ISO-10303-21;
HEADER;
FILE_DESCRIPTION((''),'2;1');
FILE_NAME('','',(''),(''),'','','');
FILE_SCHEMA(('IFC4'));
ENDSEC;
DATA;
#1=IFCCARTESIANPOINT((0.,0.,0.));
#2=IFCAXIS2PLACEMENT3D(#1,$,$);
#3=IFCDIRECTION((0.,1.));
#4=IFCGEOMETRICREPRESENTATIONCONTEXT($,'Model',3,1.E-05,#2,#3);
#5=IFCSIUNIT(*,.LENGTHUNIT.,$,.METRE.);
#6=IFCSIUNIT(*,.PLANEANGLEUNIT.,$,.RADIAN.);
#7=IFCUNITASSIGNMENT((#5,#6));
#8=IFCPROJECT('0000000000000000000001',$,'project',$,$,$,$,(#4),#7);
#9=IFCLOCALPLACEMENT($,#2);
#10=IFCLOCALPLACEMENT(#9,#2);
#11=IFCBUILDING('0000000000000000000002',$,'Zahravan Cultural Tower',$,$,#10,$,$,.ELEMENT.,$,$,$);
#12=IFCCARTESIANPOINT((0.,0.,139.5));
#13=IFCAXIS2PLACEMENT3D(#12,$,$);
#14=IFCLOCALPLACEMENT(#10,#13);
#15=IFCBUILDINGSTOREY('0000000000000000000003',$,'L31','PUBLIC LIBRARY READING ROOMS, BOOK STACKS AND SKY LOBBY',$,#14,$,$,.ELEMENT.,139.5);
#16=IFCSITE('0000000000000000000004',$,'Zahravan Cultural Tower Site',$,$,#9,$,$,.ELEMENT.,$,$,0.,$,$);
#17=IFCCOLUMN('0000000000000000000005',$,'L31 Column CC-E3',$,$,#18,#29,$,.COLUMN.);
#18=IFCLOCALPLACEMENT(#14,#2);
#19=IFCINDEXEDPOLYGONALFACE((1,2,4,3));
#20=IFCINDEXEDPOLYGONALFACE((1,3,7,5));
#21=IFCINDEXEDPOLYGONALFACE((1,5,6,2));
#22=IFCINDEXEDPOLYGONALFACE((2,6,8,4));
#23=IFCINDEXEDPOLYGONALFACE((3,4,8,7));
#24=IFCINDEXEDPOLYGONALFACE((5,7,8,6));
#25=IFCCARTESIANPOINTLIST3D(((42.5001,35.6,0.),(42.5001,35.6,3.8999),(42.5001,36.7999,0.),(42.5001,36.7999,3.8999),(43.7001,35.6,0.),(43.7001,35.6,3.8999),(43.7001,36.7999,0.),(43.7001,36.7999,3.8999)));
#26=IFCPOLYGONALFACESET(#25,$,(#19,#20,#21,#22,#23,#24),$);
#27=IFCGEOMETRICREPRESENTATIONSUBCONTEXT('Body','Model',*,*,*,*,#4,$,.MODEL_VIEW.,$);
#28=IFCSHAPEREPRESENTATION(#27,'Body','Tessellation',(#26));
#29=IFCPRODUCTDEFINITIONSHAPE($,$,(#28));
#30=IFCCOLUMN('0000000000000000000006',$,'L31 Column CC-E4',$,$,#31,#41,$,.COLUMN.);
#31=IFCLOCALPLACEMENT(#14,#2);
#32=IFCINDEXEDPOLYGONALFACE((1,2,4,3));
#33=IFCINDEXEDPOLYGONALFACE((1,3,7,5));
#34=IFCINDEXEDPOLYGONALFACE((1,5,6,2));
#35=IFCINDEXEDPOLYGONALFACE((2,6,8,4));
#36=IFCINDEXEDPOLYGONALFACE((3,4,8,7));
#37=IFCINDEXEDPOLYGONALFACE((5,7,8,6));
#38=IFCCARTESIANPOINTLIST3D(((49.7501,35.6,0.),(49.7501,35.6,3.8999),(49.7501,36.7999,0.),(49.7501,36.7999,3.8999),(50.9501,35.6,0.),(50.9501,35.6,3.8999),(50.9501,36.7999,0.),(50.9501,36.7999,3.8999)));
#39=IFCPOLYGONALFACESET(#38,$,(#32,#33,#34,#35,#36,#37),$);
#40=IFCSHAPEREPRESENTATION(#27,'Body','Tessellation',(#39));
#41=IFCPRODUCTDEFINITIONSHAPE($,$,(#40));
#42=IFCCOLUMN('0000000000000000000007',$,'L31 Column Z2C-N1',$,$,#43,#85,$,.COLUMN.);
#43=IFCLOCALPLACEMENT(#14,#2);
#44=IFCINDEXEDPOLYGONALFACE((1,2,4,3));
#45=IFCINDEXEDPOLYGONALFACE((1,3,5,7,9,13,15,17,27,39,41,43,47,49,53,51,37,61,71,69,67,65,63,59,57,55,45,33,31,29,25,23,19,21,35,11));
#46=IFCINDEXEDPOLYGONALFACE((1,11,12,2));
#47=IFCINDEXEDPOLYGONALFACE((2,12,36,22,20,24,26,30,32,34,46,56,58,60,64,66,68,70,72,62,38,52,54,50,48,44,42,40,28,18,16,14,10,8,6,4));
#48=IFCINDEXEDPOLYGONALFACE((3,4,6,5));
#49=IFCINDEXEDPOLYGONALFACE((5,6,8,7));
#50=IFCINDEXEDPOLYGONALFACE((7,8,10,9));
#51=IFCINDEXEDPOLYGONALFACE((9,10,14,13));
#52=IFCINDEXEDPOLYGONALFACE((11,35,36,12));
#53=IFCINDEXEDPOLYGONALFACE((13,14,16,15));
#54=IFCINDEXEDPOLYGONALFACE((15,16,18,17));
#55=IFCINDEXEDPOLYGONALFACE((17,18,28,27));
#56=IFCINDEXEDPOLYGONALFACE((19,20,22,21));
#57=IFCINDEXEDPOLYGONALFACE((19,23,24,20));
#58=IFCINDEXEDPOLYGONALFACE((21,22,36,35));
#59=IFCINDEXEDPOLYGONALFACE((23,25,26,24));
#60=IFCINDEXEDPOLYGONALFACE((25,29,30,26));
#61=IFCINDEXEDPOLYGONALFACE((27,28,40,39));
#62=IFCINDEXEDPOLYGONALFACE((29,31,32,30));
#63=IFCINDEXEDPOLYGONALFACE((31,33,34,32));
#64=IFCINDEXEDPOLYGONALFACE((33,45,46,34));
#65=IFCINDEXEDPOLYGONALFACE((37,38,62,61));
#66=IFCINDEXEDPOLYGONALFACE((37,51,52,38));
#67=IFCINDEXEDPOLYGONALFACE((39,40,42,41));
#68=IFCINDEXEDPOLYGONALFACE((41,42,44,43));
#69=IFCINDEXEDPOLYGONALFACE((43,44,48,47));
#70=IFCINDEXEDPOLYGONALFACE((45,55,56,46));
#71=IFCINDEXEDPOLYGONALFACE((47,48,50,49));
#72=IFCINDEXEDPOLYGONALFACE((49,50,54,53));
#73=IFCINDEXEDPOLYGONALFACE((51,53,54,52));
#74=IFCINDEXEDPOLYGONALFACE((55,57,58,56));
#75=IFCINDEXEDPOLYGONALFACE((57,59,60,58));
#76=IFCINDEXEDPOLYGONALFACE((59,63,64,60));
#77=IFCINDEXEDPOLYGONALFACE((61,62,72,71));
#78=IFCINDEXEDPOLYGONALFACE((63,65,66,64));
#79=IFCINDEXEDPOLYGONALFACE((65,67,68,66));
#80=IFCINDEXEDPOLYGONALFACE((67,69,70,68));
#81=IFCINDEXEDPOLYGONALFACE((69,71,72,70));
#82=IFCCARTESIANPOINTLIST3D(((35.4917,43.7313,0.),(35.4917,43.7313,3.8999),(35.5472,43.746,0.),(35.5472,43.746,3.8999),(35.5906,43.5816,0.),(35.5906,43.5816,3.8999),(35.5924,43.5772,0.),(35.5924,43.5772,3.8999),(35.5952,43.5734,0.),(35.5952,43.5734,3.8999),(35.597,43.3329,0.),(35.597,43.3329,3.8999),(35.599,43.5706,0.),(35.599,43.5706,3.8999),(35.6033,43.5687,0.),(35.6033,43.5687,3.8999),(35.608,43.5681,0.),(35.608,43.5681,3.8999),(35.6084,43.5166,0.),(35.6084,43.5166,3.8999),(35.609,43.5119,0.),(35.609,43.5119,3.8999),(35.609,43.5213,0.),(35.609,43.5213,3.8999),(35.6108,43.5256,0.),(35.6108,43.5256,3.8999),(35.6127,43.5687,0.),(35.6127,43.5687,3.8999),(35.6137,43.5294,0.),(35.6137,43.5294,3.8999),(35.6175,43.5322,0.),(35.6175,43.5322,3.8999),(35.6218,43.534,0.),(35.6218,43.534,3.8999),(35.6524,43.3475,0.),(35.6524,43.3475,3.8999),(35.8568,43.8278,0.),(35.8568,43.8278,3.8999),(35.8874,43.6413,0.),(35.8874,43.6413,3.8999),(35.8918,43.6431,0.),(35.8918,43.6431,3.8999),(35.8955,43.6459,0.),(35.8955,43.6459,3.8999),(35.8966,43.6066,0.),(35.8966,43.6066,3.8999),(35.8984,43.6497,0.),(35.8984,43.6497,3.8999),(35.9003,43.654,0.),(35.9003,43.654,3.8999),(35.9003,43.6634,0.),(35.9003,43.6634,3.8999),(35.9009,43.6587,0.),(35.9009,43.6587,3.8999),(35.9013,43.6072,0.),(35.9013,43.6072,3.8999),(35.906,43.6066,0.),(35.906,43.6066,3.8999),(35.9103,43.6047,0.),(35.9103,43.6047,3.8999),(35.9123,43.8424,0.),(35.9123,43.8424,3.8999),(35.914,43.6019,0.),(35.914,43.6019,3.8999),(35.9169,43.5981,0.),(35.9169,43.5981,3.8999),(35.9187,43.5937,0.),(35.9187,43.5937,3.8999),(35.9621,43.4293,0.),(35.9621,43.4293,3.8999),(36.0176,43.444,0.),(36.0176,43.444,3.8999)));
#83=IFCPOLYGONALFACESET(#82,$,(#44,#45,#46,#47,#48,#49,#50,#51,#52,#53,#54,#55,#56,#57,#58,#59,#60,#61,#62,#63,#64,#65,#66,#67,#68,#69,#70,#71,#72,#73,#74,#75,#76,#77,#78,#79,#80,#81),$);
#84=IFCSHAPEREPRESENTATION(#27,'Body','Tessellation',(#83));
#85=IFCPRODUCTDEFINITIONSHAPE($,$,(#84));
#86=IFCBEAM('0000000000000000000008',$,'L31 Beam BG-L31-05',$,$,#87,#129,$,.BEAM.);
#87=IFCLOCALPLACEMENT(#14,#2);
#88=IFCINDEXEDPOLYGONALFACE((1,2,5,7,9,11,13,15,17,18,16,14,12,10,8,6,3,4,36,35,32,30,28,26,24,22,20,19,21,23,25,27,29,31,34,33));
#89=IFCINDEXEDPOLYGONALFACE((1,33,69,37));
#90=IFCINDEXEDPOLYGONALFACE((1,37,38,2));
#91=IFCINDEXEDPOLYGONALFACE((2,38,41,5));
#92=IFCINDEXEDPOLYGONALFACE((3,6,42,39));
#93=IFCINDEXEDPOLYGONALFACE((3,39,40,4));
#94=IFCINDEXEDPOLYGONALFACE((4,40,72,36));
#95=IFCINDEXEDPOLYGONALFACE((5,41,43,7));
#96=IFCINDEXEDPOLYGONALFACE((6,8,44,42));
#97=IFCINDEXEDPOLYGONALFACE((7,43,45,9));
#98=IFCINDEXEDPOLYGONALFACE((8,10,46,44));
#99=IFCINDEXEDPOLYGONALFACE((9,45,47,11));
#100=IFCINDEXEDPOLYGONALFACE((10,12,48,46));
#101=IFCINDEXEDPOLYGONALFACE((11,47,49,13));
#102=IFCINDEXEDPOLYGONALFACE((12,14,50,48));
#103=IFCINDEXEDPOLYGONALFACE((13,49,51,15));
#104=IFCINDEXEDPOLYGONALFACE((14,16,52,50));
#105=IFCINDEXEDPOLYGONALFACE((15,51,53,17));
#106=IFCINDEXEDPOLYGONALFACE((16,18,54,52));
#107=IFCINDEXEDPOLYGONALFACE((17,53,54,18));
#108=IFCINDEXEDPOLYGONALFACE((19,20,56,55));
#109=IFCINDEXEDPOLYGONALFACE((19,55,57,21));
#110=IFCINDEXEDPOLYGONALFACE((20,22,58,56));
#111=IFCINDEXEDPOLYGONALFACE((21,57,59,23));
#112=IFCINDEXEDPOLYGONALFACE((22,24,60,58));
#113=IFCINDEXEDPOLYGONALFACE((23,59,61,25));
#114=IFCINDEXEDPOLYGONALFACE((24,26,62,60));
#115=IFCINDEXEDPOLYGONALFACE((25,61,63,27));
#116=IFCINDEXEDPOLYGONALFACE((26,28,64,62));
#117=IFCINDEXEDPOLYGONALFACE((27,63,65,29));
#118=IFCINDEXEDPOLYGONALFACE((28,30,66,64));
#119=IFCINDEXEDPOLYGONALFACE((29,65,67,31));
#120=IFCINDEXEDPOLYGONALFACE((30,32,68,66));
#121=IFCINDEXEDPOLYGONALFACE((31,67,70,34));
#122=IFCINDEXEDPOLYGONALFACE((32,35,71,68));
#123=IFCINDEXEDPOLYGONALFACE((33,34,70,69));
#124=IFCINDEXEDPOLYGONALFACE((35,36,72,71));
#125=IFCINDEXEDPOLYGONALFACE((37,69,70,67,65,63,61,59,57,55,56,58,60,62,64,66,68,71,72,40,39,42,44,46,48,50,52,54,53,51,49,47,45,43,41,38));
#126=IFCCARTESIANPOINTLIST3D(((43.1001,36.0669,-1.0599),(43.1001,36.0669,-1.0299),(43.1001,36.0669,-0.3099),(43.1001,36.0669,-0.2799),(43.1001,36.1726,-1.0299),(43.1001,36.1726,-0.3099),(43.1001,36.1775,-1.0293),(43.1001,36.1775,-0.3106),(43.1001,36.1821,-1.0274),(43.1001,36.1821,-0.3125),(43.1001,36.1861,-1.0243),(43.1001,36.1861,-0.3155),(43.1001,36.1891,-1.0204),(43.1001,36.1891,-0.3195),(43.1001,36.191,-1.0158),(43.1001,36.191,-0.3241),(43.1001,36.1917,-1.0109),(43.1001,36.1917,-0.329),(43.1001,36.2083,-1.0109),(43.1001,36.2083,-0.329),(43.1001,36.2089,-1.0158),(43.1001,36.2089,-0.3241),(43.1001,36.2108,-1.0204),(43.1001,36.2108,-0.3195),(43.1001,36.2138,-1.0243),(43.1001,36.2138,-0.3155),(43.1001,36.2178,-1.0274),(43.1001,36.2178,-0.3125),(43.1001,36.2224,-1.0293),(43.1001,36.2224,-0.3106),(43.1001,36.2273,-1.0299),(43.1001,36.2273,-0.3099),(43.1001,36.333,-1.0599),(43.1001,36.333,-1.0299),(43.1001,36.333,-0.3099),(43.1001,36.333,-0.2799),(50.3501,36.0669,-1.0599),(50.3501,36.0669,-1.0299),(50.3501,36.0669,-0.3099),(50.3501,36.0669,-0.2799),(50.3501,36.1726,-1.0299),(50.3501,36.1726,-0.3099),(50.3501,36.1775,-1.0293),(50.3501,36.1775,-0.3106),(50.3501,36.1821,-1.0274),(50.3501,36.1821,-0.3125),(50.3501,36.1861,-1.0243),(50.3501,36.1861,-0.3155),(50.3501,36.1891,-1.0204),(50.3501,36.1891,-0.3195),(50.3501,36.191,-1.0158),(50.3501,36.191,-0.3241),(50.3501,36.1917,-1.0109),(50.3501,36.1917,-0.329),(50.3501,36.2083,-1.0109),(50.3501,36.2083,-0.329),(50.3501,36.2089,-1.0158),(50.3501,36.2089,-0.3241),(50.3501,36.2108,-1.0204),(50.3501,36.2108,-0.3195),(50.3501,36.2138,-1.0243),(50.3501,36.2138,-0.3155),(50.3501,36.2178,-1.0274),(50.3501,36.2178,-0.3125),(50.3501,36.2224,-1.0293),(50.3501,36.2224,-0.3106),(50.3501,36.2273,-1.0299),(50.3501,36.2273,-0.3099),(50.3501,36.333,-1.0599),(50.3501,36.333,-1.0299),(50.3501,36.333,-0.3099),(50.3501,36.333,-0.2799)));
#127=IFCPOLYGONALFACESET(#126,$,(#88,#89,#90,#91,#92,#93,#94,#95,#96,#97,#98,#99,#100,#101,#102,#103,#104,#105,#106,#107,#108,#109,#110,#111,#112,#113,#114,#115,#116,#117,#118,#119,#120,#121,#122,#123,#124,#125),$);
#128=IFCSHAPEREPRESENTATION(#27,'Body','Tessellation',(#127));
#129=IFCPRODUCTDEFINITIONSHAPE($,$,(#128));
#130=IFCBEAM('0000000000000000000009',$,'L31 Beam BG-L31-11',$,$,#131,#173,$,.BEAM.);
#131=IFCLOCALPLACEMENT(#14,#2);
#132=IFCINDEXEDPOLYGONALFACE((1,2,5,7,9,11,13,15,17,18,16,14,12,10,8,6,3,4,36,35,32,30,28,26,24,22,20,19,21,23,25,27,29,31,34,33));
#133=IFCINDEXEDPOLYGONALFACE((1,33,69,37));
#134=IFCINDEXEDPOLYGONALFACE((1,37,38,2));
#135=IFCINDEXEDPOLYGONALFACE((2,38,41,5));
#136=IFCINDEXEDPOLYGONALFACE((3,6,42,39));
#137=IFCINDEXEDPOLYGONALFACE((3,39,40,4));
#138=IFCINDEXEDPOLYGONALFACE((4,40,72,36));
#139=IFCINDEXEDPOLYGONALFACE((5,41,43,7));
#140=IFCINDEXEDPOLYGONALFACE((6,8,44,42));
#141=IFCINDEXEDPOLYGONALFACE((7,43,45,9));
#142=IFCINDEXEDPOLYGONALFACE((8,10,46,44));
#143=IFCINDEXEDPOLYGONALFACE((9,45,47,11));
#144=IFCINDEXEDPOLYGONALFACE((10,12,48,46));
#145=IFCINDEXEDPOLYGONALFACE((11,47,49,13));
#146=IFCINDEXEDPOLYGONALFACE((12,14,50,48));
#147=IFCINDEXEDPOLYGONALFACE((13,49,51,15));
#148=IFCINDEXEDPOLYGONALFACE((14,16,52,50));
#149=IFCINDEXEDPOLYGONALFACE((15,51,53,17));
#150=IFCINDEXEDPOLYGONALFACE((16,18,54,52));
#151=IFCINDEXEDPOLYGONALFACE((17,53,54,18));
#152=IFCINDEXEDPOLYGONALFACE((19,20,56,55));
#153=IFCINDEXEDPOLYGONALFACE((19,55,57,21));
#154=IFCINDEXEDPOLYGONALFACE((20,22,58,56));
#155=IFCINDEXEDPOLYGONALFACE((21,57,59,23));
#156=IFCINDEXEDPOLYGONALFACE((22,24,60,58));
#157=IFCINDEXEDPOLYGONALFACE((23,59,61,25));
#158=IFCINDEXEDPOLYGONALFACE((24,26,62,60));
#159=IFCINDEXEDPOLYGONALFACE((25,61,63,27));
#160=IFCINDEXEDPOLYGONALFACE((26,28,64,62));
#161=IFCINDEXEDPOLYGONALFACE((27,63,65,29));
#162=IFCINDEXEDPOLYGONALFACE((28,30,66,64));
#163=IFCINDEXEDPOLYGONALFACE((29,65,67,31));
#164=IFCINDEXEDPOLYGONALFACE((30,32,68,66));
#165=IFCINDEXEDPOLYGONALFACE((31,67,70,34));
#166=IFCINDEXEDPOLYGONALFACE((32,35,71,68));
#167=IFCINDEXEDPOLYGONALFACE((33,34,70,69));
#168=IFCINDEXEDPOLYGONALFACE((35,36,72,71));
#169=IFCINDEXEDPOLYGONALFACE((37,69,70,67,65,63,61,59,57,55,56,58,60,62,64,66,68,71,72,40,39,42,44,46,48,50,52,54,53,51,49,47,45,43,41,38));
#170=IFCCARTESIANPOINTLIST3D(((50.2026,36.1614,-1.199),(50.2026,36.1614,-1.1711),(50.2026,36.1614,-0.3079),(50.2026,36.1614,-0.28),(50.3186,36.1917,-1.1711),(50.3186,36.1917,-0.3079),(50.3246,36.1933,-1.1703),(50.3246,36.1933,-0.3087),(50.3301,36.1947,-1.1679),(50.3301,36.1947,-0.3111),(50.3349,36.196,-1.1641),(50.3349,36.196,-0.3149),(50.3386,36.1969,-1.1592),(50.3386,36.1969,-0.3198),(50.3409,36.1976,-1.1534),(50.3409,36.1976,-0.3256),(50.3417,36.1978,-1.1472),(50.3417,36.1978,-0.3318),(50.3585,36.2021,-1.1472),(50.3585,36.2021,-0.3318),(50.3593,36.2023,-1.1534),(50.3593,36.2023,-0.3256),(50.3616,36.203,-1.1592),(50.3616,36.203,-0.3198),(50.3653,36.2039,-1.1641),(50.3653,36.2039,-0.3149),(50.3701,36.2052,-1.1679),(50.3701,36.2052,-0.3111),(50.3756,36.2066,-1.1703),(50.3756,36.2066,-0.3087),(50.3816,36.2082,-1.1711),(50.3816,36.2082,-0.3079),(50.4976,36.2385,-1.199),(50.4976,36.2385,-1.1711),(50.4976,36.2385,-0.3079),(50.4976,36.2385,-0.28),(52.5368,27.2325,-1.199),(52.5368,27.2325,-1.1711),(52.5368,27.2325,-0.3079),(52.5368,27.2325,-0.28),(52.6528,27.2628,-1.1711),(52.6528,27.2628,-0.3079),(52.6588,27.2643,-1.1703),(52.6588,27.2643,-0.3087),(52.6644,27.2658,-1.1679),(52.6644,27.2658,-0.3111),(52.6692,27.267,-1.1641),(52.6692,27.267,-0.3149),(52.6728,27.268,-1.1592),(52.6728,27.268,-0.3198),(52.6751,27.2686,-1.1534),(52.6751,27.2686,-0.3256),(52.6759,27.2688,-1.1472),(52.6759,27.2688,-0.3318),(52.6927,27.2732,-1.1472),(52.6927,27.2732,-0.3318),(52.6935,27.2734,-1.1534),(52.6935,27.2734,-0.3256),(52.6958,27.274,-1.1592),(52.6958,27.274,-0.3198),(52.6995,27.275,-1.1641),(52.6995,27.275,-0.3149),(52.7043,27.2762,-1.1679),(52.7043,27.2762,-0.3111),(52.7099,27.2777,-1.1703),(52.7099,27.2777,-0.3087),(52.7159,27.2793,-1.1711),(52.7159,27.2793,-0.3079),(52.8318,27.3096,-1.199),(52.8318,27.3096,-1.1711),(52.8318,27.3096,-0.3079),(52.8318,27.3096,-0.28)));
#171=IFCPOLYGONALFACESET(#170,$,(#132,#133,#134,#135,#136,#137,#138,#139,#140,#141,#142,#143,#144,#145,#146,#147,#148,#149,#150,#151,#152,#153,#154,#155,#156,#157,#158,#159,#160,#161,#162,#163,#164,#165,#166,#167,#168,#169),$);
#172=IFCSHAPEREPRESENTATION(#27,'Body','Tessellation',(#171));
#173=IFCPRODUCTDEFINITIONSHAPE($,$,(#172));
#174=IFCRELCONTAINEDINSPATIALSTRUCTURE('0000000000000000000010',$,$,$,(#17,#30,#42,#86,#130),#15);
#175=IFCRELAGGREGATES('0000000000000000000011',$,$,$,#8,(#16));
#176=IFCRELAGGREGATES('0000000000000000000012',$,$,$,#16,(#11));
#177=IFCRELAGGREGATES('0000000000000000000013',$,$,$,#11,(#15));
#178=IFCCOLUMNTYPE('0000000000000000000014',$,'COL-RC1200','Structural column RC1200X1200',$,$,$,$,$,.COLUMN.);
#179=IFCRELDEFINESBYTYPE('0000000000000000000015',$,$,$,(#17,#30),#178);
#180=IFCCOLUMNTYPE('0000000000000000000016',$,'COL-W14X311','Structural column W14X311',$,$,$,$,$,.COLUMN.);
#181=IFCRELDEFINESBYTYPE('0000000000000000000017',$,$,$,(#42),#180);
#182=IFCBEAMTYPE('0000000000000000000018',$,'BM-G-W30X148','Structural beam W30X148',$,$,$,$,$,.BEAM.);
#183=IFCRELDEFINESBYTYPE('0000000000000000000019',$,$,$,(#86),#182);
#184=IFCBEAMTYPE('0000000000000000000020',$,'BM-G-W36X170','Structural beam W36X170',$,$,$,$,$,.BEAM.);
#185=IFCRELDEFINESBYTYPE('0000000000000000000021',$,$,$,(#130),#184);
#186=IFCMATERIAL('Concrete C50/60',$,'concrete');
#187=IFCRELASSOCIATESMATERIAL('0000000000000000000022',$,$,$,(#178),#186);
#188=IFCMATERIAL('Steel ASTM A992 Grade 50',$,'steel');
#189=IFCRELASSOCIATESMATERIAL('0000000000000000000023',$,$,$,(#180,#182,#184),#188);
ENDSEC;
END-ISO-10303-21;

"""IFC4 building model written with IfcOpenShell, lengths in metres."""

from ifc_helpers import new_model, si_unit, direction, frame, origin, origin_2d, place, context, subcontext, project, spatial, rectangle, i_section, extrude, source, transform, mapped, material, material_profile, profile_set, type_object, element, save


model = new_model("IFC4")

# Units and contexts
model_context = context("Model", 3, precision=1e-05, world=origin(), true_north=direction((0.0, 1.0)))
body_context = subcontext(model_context, "Body", "Model", "MODEL_VIEW")
ifc_project = project(units=[si_unit("LENGTHUNIT", "METRE"), si_unit("PLANEANGLEUNIT", "RADIAN")], contexts=[model_context])

# Site, building, storey
site_placement = place(None, origin())
site = spatial("IfcSite", under=ifc_project, at=site_placement, Name="Zahravan Cultural Tower Site", CompositionType="ELEMENT", RefElevation=0.0)
building_placement = place(site_placement, origin())
building = spatial("IfcBuilding", under=site, at=building_placement, Name="Zahravan Cultural Tower", CompositionType="ELEMENT")
storey_placement = place(building_placement, frame((0.0, 0.0, 139.5)))
storey = spatial("IfcBuildingStorey", under=building, at=storey_placement, Name="L31", Description="PUBLIC LIBRARY READING ROOMS, BOOK STACKS AND SKY LOBBY", CompositionType="ELEMENT", Elevation=139.5)

# Columns
ifc_material_1 = material(Name="Concrete C50/60", Category="concrete")
ifc_material_profile_1 = material_profile(ifc_material_1, rectangle(XDim=1.2, YDim=1.2, at=origin_2d()), Name="RC1200X1200")
ifc_profile_set_1 = profile_set([ifc_material_profile_1], Name="Concrete C50/60")
column_type_1 = type_object("IfcColumnType", Name="COL-RC1200", Description="Structural column RC1200X1200", PredefinedType="COLUMN", material=ifc_profile_set_1)
shared_shape_1 = source(origin(), body_context, "Body", "SweptSolid", [
    extrude(rectangle(XDim=1.2, YDim=1.2, at=origin_2d()), origin(), (0.0, 0.0, 1.0), 3.8999),
])
for number, where, z_axis, x_axis, name in (
    (1, (43.1001, 36.2, 0.0), (0.0, 0.0, 1.0), (1.0, 0.0, 0.0), "L31 Column CC-E3"),
    (2, (50.3501, 36.2, 0.0), (0.0, 0.0, 1.0), (1.0, 0.0, 0.0), "L31 Column CC-E4"),
):
    element("IfcColumn", number, at=place(storey_placement, frame(where, z_axis=z_axis, x_axis=x_axis)), inside=storey, type_object=column_type_1, Name=name, PredefinedType="COLUMN", context=body_context, shape_type="MappedRepresentation", body=[
        mapped(shared_shape_1, transform((0.0, 0.0, 0.0), x_axis=(1.0, 0.0, 0.0), y_axis=(0.0, 1.0, 0.0), z_axis=(0.0, 0.0, 1.0), scale=1.0)),
    ])
ifc_material_2 = material(Name="Steel ASTM A992 Grade 50", Category="steel")
ifc_material_profile_2 = material_profile(ifc_material_2, i_section(OverallWidth=0.4121, OverallDepth=0.4351, WebThickness=0.0359, FlangeThickness=0.0574, FilletRadius=0.0181, at=origin_2d()), Name="W14X311")
ifc_profile_set_2 = profile_set([ifc_material_profile_2], Name="Steel ASTM A992 Grade 50")
column_type_2 = type_object("IfcColumnType", Name="COL-W14X311", Description="Structural column W14X311", PredefinedType="COLUMN", material=ifc_profile_set_2)
shared_shape_2 = source(origin(), body_context, "Body", "SweptSolid", [
    extrude(i_section(OverallWidth=0.4121, OverallDepth=0.4351, WebThickness=0.0359, FlangeThickness=0.0574, FilletRadius=0.0181, at=origin_2d()), origin(), (0.0, 0.0, 1.0), 3.8999),
])
column_placement = place(storey_placement, frame((35.7546, 43.5876, 0.0), z_axis=(0.0, 0.0, 1.0), x_axis=(-0.255446, 0.966823, 0.0)))
element("IfcColumn", 3, at=column_placement, inside=storey, type_object=column_type_2, Name="L31 Column Z2C-N1", PredefinedType="COLUMN", context=body_context, shape_type="MappedRepresentation", body=[
    mapped(shared_shape_2, transform((0.0, 0.0, 0.0), x_axis=(1.0, 0.0, 0.0), y_axis=(0.0, 1.0, 0.0), z_axis=(0.0, 0.0, 1.0), scale=1.0)),
])

# Beams
ifc_material_profile_3 = material_profile(ifc_material_2, i_section(OverallWidth=0.2661, OverallDepth=0.78, WebThickness=0.0166, FlangeThickness=0.03, FilletRadius=0.019, at=origin_2d()), Name="W30X148")
ifc_profile_set_3 = profile_set([ifc_material_profile_3], Name="Steel ASTM A992 Grade 50")
beam_type_1 = type_object("IfcBeamType", Name="BM-G-W30X148", Description="Structural beam W30X148", PredefinedType="BEAM", material=ifc_profile_set_3)
shared_shape_3 = source(origin(), body_context, "Body", "SweptSolid", [
    extrude(i_section(OverallWidth=0.2661, OverallDepth=0.78, WebThickness=0.0166, FlangeThickness=0.03, FilletRadius=0.019, at=origin_2d()), origin(), (0.0, 0.0, 1.0), 7.25),
])
beam_1_placement = place(storey_placement, frame((43.1001, 36.2, -0.6699), z_axis=(1.0, 0.0, 0.0), x_axis=(0.0, 1.0, 0.0)))
element("IfcBeam", 4, at=beam_1_placement, inside=storey, type_object=beam_type_1, Name="L31 Beam BG-L31-05", PredefinedType="BEAM", context=body_context, shape_type="MappedRepresentation", body=[
    mapped(shared_shape_3, transform((0.0, 0.0, 0.0), x_axis=(1.0, 0.0, 0.0), y_axis=(0.0, 1.0, 0.0), z_axis=(0.0, 0.0, 1.0), scale=1.0)),
])
ifc_material_profile_4 = material_profile(ifc_material_2, i_section(OverallWidth=0.3049, OverallDepth=0.9189, WebThickness=0.0173, FlangeThickness=0.0278, FilletRadius=0.0239, at=origin_2d()), Name="W36X170")
ifc_profile_set_4 = profile_set([ifc_material_profile_4], Name="Steel ASTM A992 Grade 50")
beam_type_2 = type_object("IfcBeamType", Name="BM-G-W36X170", Description="Structural beam W36X170", PredefinedType="BEAM", material=ifc_profile_set_4)
shared_shape_4 = source(origin(), body_context, "Body", "SweptSolid", [
    extrude(i_section(OverallWidth=0.3049, OverallDepth=0.9189, WebThickness=0.0173, FlangeThickness=0.0278, FilletRadius=0.0239, at=origin_2d()), origin(), (0.0, 0.0, 1.0), 9.229),
])
beam_2_placement = place(storey_placement, frame((50.3501, 36.2, -0.7395), z_axis=(0.252923, -0.967487, 0.0), x_axis=(0.967487, 0.252923, 0.0)))
element("IfcBeam", 5, at=beam_2_placement, inside=storey, type_object=beam_type_2, Name="L31 Beam BG-L31-11", PredefinedType="BEAM", context=body_context, shape_type="MappedRepresentation", body=[
    mapped(shared_shape_4, transform((0.0, 0.0, 0.0), x_axis=(1.0, 0.0, 0.0), y_axis=(0.0, 1.0, 0.0), z_axis=(0.0, 0.0, 1.0), scale=1.0)),
])

save(model, "model.ifc")
